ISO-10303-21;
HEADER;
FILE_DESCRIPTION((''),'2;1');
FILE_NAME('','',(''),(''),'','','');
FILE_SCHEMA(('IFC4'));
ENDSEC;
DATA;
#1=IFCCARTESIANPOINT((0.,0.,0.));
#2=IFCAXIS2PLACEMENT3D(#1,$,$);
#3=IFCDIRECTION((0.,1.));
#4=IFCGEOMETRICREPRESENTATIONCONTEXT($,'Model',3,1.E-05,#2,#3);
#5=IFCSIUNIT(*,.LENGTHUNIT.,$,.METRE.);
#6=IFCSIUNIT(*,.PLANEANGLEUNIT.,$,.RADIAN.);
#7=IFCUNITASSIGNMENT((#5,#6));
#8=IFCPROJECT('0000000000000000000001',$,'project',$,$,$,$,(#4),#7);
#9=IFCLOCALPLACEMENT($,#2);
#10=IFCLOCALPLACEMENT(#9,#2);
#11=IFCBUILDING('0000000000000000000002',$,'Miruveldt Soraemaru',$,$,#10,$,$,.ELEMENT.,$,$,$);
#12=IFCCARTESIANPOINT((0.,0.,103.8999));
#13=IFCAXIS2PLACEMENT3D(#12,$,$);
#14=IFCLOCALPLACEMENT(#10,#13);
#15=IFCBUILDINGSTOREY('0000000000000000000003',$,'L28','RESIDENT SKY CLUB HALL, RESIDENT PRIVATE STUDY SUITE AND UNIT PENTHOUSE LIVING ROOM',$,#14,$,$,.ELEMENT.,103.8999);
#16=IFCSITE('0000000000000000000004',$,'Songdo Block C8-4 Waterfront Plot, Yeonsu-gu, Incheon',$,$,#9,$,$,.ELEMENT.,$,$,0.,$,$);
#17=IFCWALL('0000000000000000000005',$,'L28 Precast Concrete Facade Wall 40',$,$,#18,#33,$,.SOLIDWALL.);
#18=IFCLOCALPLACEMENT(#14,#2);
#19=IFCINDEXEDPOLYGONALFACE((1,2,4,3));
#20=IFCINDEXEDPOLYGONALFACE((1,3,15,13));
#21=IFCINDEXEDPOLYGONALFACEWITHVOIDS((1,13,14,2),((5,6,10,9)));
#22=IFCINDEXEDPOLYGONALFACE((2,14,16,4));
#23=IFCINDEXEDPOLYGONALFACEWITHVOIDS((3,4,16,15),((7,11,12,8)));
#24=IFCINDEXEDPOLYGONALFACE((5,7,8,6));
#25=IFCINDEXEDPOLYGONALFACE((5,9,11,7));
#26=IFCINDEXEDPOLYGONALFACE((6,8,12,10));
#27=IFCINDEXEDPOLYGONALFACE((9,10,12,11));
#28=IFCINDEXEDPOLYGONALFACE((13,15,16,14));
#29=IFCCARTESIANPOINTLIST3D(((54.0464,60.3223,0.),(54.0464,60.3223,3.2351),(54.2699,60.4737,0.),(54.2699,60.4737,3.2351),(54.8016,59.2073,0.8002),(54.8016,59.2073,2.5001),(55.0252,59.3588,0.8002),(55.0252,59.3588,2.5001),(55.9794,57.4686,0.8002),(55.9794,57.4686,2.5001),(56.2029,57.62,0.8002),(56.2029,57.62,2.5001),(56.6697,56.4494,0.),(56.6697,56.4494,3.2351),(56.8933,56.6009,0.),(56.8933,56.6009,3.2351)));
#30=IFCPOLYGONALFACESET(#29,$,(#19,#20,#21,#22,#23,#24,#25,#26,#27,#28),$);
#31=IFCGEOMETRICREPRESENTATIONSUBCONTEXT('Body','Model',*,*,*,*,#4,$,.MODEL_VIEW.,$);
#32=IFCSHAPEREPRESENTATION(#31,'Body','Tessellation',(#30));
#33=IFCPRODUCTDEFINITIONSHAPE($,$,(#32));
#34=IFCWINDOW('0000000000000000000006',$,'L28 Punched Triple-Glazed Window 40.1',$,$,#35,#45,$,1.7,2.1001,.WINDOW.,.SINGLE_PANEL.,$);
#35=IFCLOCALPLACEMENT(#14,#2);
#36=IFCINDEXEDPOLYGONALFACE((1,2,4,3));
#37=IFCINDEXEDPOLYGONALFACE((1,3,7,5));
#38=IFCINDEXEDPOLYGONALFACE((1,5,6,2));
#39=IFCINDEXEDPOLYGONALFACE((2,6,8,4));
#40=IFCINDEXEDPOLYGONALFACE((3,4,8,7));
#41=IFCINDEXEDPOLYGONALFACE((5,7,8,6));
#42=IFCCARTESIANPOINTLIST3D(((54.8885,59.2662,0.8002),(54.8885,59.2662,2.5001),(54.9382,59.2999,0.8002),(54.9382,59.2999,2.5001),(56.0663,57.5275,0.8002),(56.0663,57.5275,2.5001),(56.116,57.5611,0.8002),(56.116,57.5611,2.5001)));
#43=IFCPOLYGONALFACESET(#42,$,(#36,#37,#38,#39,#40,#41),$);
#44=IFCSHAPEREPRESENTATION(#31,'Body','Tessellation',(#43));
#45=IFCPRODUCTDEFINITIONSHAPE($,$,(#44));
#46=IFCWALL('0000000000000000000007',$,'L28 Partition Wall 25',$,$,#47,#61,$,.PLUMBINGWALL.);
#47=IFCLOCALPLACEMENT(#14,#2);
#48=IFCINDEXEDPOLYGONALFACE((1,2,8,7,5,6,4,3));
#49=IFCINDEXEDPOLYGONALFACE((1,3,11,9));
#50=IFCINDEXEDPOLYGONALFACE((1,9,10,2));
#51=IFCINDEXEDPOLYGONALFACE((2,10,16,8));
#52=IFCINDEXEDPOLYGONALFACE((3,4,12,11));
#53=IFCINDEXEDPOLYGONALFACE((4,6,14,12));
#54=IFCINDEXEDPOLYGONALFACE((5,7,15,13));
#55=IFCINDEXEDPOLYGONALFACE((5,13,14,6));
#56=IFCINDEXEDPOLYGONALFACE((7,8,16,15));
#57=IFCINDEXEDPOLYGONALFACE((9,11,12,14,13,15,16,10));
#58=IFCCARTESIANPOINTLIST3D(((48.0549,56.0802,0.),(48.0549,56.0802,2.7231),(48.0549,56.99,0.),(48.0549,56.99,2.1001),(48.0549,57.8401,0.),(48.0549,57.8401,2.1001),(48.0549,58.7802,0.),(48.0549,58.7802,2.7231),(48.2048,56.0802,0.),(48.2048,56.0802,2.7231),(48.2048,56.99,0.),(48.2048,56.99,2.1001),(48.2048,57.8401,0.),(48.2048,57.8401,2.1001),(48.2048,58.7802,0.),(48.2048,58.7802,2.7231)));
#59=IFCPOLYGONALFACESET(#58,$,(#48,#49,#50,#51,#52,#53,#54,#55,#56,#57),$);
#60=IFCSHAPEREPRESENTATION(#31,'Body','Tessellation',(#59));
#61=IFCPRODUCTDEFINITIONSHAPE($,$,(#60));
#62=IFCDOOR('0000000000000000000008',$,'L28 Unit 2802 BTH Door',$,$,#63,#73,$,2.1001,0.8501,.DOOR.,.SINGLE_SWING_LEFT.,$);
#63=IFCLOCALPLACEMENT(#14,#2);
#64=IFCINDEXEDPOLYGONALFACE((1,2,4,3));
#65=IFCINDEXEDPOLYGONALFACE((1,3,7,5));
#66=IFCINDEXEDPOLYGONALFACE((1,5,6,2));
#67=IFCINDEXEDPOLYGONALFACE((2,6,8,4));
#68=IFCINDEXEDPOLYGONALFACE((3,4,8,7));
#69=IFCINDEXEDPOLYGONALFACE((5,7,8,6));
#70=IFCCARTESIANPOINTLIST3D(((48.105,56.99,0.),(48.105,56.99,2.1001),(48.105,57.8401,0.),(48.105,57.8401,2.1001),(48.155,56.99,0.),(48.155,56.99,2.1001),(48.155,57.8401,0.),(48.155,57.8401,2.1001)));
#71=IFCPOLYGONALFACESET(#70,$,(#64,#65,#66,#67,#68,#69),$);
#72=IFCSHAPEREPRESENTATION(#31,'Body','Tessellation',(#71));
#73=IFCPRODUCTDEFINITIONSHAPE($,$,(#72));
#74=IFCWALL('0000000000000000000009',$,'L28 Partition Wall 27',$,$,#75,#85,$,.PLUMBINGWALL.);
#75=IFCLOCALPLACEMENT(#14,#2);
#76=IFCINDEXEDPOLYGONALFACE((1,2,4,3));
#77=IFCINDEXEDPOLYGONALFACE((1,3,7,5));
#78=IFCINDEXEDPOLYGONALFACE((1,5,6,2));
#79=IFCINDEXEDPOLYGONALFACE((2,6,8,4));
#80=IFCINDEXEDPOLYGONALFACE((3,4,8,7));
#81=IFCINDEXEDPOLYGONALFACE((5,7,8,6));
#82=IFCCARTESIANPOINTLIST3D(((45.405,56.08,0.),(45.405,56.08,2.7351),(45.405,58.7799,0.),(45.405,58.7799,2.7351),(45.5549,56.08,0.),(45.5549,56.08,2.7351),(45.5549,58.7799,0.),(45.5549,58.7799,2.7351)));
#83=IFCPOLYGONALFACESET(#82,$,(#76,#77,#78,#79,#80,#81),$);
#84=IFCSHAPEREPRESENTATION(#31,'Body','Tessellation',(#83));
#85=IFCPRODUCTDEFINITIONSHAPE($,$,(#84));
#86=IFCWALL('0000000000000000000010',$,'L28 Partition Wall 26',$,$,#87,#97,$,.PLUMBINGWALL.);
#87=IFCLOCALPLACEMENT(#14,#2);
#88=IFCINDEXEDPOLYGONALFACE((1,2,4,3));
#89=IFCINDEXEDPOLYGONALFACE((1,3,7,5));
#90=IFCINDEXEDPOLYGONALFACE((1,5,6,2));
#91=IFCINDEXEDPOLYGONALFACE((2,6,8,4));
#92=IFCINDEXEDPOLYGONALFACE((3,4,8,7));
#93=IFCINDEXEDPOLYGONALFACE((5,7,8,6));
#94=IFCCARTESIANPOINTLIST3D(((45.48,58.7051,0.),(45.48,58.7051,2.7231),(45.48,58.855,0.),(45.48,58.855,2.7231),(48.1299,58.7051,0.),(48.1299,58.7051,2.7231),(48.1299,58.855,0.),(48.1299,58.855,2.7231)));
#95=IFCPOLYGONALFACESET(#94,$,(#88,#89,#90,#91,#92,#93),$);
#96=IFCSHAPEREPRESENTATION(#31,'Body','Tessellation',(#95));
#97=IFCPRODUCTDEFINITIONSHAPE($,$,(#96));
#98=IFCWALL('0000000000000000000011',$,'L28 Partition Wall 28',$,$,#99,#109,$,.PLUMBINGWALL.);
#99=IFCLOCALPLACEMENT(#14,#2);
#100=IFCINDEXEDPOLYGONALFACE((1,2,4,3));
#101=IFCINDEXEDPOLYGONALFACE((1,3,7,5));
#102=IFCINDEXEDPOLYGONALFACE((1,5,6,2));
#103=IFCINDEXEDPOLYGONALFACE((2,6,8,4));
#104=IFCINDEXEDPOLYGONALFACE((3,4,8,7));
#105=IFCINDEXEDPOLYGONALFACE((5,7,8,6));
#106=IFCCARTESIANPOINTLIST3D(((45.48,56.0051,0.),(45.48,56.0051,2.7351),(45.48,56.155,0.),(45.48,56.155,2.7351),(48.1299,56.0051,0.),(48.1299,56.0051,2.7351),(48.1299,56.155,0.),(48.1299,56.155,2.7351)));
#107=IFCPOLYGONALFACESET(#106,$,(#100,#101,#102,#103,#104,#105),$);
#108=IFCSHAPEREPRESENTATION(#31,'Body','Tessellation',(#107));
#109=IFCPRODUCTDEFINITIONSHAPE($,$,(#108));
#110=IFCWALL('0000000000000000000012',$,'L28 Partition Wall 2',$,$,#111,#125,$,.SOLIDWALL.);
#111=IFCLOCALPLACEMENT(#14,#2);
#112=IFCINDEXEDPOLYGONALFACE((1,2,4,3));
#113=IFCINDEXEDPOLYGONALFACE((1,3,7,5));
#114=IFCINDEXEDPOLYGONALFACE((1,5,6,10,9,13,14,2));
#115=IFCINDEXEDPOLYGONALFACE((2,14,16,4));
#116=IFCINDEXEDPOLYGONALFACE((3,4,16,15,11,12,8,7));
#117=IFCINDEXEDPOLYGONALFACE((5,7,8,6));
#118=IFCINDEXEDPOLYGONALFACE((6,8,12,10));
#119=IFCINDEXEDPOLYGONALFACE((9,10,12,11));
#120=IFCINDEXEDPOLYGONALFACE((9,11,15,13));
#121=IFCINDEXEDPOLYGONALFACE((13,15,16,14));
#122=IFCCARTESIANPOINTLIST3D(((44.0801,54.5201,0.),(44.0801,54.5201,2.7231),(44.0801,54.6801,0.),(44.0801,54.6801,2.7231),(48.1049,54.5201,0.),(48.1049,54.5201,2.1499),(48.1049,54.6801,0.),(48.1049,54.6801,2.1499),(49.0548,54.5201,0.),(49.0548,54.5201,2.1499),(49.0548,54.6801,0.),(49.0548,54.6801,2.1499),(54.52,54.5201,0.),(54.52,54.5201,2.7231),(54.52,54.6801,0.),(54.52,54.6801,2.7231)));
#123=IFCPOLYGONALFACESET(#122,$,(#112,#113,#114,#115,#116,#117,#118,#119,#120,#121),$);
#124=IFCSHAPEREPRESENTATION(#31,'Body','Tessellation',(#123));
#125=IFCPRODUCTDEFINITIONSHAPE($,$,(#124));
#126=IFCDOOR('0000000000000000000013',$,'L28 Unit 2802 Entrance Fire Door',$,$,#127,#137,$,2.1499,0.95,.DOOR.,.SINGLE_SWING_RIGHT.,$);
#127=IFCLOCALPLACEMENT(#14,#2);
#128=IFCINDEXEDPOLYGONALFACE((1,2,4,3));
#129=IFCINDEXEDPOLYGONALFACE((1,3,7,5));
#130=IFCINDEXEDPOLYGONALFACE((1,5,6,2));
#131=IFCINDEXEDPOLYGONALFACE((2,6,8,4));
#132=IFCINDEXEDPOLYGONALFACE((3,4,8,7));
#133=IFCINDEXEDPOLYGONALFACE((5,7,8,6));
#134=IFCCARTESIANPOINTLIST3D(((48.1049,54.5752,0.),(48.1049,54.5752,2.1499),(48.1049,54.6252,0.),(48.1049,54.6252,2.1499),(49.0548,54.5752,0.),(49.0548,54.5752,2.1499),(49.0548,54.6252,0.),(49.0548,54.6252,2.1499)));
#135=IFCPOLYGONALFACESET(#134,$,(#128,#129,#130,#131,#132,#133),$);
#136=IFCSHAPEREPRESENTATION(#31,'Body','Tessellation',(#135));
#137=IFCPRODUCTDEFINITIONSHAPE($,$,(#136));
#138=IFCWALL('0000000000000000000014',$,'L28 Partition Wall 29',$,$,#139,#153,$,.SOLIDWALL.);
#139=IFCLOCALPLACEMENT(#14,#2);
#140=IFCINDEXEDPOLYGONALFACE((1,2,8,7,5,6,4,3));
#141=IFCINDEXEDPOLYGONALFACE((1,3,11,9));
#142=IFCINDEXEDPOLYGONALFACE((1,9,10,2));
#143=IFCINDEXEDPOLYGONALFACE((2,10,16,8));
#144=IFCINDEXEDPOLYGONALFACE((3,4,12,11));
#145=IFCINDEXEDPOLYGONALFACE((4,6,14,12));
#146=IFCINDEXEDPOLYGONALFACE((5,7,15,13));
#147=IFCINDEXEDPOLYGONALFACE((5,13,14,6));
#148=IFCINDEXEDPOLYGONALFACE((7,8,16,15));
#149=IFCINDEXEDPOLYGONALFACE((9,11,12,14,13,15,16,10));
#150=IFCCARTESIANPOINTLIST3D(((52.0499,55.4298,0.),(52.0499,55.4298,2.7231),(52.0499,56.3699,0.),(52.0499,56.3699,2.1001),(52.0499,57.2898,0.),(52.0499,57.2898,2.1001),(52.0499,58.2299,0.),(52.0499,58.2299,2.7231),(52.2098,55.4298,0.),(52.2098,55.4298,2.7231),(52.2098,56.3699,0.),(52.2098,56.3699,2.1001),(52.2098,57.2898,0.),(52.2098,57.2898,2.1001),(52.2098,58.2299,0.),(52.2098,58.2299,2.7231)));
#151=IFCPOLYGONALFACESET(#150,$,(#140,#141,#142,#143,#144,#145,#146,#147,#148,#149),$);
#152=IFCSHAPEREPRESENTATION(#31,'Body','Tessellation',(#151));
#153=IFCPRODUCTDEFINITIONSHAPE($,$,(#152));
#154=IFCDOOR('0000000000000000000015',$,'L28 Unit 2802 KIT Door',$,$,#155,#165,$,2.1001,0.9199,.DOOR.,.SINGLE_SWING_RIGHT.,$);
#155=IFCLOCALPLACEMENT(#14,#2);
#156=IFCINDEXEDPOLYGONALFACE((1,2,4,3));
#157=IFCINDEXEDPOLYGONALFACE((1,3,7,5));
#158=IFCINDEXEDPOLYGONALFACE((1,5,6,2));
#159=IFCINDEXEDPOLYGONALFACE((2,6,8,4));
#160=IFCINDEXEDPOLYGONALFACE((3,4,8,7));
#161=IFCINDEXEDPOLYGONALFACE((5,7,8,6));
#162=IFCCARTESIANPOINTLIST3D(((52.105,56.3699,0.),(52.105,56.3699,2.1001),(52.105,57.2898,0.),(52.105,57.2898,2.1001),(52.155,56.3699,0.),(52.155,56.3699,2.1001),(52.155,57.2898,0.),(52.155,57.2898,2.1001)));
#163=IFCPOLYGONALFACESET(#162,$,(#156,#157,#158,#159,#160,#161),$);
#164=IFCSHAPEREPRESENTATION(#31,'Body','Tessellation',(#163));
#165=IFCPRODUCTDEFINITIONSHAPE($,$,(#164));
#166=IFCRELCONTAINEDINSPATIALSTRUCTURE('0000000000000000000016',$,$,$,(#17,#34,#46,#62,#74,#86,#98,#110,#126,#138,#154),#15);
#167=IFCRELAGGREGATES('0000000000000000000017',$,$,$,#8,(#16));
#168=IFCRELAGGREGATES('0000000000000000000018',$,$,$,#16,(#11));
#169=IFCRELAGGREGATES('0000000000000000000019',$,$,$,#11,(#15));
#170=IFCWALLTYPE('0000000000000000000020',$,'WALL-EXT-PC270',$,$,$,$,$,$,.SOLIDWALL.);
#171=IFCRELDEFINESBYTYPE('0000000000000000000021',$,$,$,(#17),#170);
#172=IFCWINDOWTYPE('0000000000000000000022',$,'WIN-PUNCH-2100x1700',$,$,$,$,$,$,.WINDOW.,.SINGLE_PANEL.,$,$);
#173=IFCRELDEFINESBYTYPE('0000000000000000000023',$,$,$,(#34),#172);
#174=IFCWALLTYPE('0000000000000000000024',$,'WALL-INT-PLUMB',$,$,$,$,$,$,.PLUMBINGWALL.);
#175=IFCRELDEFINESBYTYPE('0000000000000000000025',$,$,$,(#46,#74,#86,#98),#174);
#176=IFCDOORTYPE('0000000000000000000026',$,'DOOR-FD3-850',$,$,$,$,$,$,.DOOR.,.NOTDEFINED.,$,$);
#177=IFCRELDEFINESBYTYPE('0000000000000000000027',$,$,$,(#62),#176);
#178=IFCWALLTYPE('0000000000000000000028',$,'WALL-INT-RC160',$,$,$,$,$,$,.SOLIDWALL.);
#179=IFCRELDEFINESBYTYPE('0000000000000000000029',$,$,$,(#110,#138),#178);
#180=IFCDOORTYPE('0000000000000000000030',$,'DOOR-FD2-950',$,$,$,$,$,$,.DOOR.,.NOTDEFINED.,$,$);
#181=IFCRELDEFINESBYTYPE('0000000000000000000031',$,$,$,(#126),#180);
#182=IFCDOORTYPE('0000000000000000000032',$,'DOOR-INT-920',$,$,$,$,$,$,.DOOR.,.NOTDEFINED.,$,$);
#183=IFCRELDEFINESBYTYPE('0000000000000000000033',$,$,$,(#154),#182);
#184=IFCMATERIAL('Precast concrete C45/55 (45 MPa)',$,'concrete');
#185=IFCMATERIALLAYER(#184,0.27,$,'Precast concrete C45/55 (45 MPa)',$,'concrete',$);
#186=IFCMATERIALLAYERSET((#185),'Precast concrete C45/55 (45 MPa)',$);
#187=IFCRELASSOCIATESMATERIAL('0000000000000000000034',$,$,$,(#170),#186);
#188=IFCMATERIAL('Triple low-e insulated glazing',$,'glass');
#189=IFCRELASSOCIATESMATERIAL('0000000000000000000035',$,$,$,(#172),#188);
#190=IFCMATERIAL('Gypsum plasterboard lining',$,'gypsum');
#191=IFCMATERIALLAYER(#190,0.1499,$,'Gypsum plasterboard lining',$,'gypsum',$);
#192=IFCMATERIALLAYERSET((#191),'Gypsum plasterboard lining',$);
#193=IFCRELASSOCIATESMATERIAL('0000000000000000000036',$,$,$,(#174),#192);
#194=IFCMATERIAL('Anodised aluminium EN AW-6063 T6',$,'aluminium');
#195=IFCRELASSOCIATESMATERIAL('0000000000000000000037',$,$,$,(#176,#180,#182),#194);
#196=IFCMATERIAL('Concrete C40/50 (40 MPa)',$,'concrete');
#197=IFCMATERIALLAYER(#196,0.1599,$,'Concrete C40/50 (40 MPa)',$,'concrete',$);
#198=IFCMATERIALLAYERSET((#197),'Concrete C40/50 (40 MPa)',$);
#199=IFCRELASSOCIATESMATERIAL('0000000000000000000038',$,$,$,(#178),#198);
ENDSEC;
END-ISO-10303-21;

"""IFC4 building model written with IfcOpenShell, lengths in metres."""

from ifc_helpers import new_model, si_unit, direction, frame, frame_2d, origin, place, context, subcontext, project, spatial, rectangle, extrude, material, layer, layer_set, type_object, element, fill, save


model = new_model("IFC4")

# Units and contexts
model_context = context("Model", 3, precision=1e-05, world=origin(), true_north=direction((0.0, 1.0)))
body_context = subcontext(model_context, "Body", "Model", "MODEL_VIEW")
ifc_project = project(units=[si_unit("LENGTHUNIT", "METRE"), si_unit("PLANEANGLEUNIT", "RADIAN")], contexts=[model_context])

# Site, building, storey
site_placement = place(None, origin())
site = spatial("IfcSite", under=ifc_project, at=site_placement, Name="Songdo Block C8-4 Waterfront Plot, Yeonsu-gu, Incheon", CompositionType="ELEMENT", RefElevation=0.0)
building_placement = place(site_placement, origin())
building = spatial("IfcBuilding", under=site, at=building_placement, Name="Miruveldt Soraemaru", CompositionType="ELEMENT")
storey_placement = place(building_placement, frame((0.0, 0.0, 103.8999)))
storey = spatial("IfcBuildingStorey", under=building, at=storey_placement, Name="L28", Description="RESIDENT SKY CLUB HALL, RESIDENT PRIVATE STUDY SUITE AND UNIT PENTHOUSE LIVING ROOM", CompositionType="ELEMENT", Elevation=103.8999)

# Wall, opening, window
ifc_material_1 = material(Name="Precast concrete C45/55 (45 MPa)", Category="concrete")
ifc_layer_1 = layer(ifc_material_1, 0.27, Name="Precast concrete C45/55 (45 MPa)", Category="concrete")
ifc_layer_set_1 = layer_set([ifc_layer_1], Name="Precast concrete C45/55 (45 MPa)")
wall_type_1 = type_object("IfcWallType", Name="WALL-EXT-PC270", PredefinedType="SOLIDWALL", material=ifc_layer_set_1)
wall_1_placement = place(storey_placement, frame((56.7815, 56.5251, 0.0), z_axis=(0.0, 0.0, 1.0), x_axis=(-0.560816, 0.827941, 0.0)))
wall_1 = element("IfcWall", 1, at=wall_1_placement, inside=storey, type_object=wall_type_1, Name="L28 Precast Concrete Facade Wall 40", PredefinedType="SOLIDWALL", context=body_context, shape_type="SweptSolid", body=[
    extrude(rectangle(XDim=4.6777, YDim=0.27, at=frame_2d((2.3389, 0.0))), origin(), (0.0, 0.0, 1.0), 3.2351),
])
opening_1_placement = place(wall_1_placement, frame((1.231, 0.0, 0.8)))
opening_1 = element("IfcOpeningElement", 2, at=opening_1_placement, cuts=wall_1, PredefinedType="OPENING", context=body_context, shape_type="SweptSolid", body=[
    extrude(rectangle(XDim=2.1001, YDim=1.7, at=frame_2d((1.05, 0.8501))), frame((0.0, 0.145, 0.0), z_axis=(0.0, -1.0, 0.0), x_axis=(1.0, 0.0, 0.0)), (0.0, 0.0, 1.0), 0.29),
])
ifc_material_2 = material(Name="Triple low-e insulated glazing", Category="glass")
window_type = type_object("IfcWindowType", Name="WIN-PUNCH-2100x1700", PartitioningType="SINGLE_PANEL", PredefinedType="WINDOW", material=ifc_material_2)
window_placement = place(opening_1_placement, origin())
window = element("IfcWindow", 3, at=window_placement, inside=storey, type_object=window_type, Name="L28 Punched Triple-Glazed Window 40.1", OverallHeight=1.7, OverallWidth=2.1001, PartitioningType="SINGLE_PANEL", PredefinedType="WINDOW", context=body_context, shape_type="SweptSolid", body=[
    extrude(rectangle(XDim=2.1001, YDim=1.7, at=frame_2d((1.05, 0.8501))), frame((0.0, 0.03, 0.0), z_axis=(0.0, -1.0, 0.0), x_axis=(1.0, 0.0, 0.0)), (0.0, 0.0, 1.0), 0.0601),
])
fill(opening_1, window)

# Wall, opening, door
ifc_material_3 = material(Name="Gypsum plasterboard lining", Category="gypsum")
ifc_layer_2 = layer(ifc_material_3, 0.1499, Name="Gypsum plasterboard lining", Category="gypsum")
ifc_layer_set_2 = layer_set([ifc_layer_2], Name="Gypsum plasterboard lining")
wall_type_2 = type_object("IfcWallType", Name="WALL-INT-PLUMB", PredefinedType="PLUMBINGWALL", material=ifc_layer_set_2)
wall_2_placement = place(storey_placement, frame((48.1299, 56.0801, 0.0), z_axis=(0.0, 0.0, 1.0), x_axis=(0.0, 1.0, 0.0)))
wall_2 = element("IfcWall", 4, at=wall_2_placement, inside=storey, type_object=wall_type_2, Name="L28 Partition Wall 25", PredefinedType="PLUMBINGWALL", context=body_context, shape_type="SweptSolid", body=[
    extrude(rectangle(XDim=2.7, YDim=0.1499, at=frame_2d((1.3501, 0.0))), origin(), (0.0, 0.0, 1.0), 2.7231),
])
opening_2_placement = place(wall_2_placement, frame((0.9099, 0.0, 0.0)))
opening_2 = element("IfcOpeningElement", 5, at=opening_2_placement, cuts=wall_2, PredefinedType="OPENING", context=body_context, shape_type="SweptSolid", body=[
    extrude(rectangle(XDim=0.8501, YDim=2.1001, at=frame_2d((0.425, 1.05))), frame((0.0, 0.085, 0.0), z_axis=(0.0, -1.0, 0.0), x_axis=(1.0, 0.0, 0.0)), (0.0, 0.0, 1.0), 0.1699),
])
ifc_material_4 = material(Name="Anodised aluminium EN AW-6063 T6", Category="aluminium")
door_type_1 = type_object("IfcDoorType", Name="DOOR-FD3-850", OperationType="NOTDEFINED", PredefinedType="DOOR", material=ifc_material_4)
door_1_placement = place(opening_2_placement, origin())
door_1 = element("IfcDoor", 6, at=door_1_placement, inside=storey, type_object=door_type_1, Name="L28 Unit 2802 BTH Door", OperationType="SINGLE_SWING_LEFT", OverallHeight=2.1001, OverallWidth=0.8501, PredefinedType="DOOR", context=body_context, shape_type="SweptSolid", body=[
    extrude(rectangle(XDim=0.8501, YDim=2.1001, at=frame_2d((0.425, 1.05))), frame((0.0, 0.0249, 0.0), z_axis=(0.0, -1.0, 0.0), x_axis=(1.0, 0.0, 0.0)), (0.0, 0.0, 1.0), 0.05),
])
fill(opening_2, door_1)

# Walls
wall_3_placement = place(storey_placement, frame((45.48, 58.78, 0.0), z_axis=(0.0, 0.0, 1.0), x_axis=(0.0, -1.0, 0.0)))
element("IfcWall", 7, at=wall_3_placement, inside=storey, type_object=wall_type_2, Name="L28 Partition Wall 27", PredefinedType="PLUMBINGWALL", context=body_context, shape_type="SweptSolid", body=[
    extrude(rectangle(XDim=2.7, YDim=0.1499, at=frame_2d((1.3501, 0.0))), origin(), (0.0, 0.0, 1.0), 2.7351),
])
wall_4_placement = place(storey_placement, frame((48.1299, 58.78, 0.0), z_axis=(0.0, 0.0, 1.0), x_axis=(-1.0, 0.0, 0.0)))
element("IfcWall", 8, at=wall_4_placement, inside=storey, type_object=wall_type_2, Name="L28 Partition Wall 26", PredefinedType="PLUMBINGWALL", context=body_context, shape_type="SweptSolid", body=[
    extrude(rectangle(XDim=2.6499, YDim=0.1499, at=frame_2d((1.325, 0.0))), origin(), (0.0, 0.0, 1.0), 2.7231),
])
wall_5_placement = place(storey_placement, frame((45.48, 56.0801, 0.0), z_axis=(0.0, 0.0, 1.0), x_axis=(1.0, 0.0, 0.0)))
element("IfcWall", 9, at=wall_5_placement, inside=storey, type_object=wall_type_2, Name="L28 Partition Wall 28", PredefinedType="PLUMBINGWALL", context=body_context, shape_type="SweptSolid", body=[
    extrude(rectangle(XDim=2.6499, YDim=0.1499, at=frame_2d((1.325, 0.0))), origin(), (0.0, 0.0, 1.0), 2.7351),
])

# Walls, openings, doors
ifc_material_5 = material(Name="Concrete C40/50 (40 MPa)", Category="concrete")
ifc_layer_3 = layer(ifc_material_5, 0.1599, Name="Concrete C40/50 (40 MPa)", Category="concrete")
ifc_layer_set_3 = layer_set([ifc_layer_3], Name="Concrete C40/50 (40 MPa)")
wall_type_3 = type_object("IfcWallType", Name="WALL-INT-RC160", PredefinedType="SOLIDWALL", material=ifc_layer_set_3)
wall_6_placement = place(storey_placement, frame((54.52, 54.6001, 0.0), z_axis=(0.0, 0.0, 1.0), x_axis=(-1.0, 0.0, 0.0)))
wall_6 = element("IfcWall", 10, at=wall_6_placement, inside=storey, type_object=wall_type_3, Name="L28 Partition Wall 2", PredefinedType="SOLIDWALL", context=body_context, shape_type="SweptSolid", body=[
    extrude(rectangle(XDim=10.4399, YDim=0.1599, at=frame_2d((5.22, 0.0))), origin(), (0.0, 0.0, 1.0), 2.7231),
])
opening_3_placement = place(wall_6_placement, frame((5.4651, 0.0, 0.0)))
opening_3 = element("IfcOpeningElement", 11, at=opening_3_placement, cuts=wall_6, PredefinedType="OPENING", context=body_context, shape_type="SweptSolid", body=[
    extrude(rectangle(XDim=0.95, YDim=2.1499, at=frame_2d((0.4751, 1.075))), frame((0.0, 0.0898, 0.0), z_axis=(0.0, -1.0, 0.0), x_axis=(1.0, 0.0, 0.0)), (0.0, 0.0, 1.0), 0.1799),
])
door_type_2 = type_object("IfcDoorType", Name="DOOR-FD2-950", OperationType="NOTDEFINED", PredefinedType="DOOR", material=ifc_material_4)
door_2_placement = place(opening_3_placement, origin())
door_2 = element("IfcDoor", 12, at=door_2_placement, inside=storey, type_object=door_type_2, Name="L28 Unit 2802 Entrance Fire Door", OperationType="SINGLE_SWING_RIGHT", OverallHeight=2.1499, OverallWidth=0.95, PredefinedType="DOOR", context=body_context, shape_type="SweptSolid", body=[
    extrude(rectangle(XDim=0.95, YDim=2.1499, at=frame_2d((0.4751, 1.075))), frame((0.0, 0.0249, 0.0), z_axis=(0.0, -1.0, 0.0), x_axis=(1.0, 0.0, 0.0)), (0.0, 0.0, 1.0), 0.05),
])
fill(opening_3, door_2)
wall_7_placement = place(storey_placement, frame((52.1299, 55.4299, 0.0), z_axis=(0.0, 0.0, 1.0), x_axis=(0.0, 1.0, 0.0)))
wall_7 = element("IfcWall", 13, at=wall_7_placement, inside=storey, type_object=wall_type_3, Name="L28 Partition Wall 29", PredefinedType="SOLIDWALL", context=body_context, shape_type="SweptSolid", body=[
    extrude(rectangle(XDim=2.8, YDim=0.1599, at=frame_2d((1.3999, 0.0))), origin(), (0.0, 0.0, 1.0), 2.7231),
])
opening_4_placement = place(wall_7_placement, frame((0.9399, 0.0, 0.0)))
opening_4 = element("IfcOpeningElement", 14, at=opening_4_placement, cuts=wall_7, PredefinedType="OPENING", context=body_context, shape_type="SweptSolid", body=[
    extrude(rectangle(XDim=0.9199, YDim=2.1001, at=frame_2d((0.46, 1.05))), frame((0.0, 0.0898, 0.0), z_axis=(0.0, -1.0, 0.0), x_axis=(1.0, 0.0, 0.0)), (0.0, 0.0, 1.0), 0.1799),
])
door_type_3 = type_object("IfcDoorType", Name="DOOR-INT-920", OperationType="NOTDEFINED", PredefinedType="DOOR", material=ifc_material_4)
door_3_placement = place(opening_4_placement, origin())
door_3 = element("IfcDoor", 15, at=door_3_placement, inside=storey, type_object=door_type_3, Name="L28 Unit 2802 KIT Door", OperationType="SINGLE_SWING_RIGHT", OverallHeight=2.1001, OverallWidth=0.9199, PredefinedType="DOOR", context=body_context, shape_type="SweptSolid", body=[
    extrude(rectangle(XDim=0.9199, YDim=2.1001, at=frame_2d((0.46, 1.05))), frame((0.0, 0.0249, 0.0), z_axis=(0.0, -1.0, 0.0), x_axis=(1.0, 0.0, 0.0)), (0.0, 0.0, 1.0), 0.05),
])
fill(opening_4, door_3)

save(model, "model.ifc")
